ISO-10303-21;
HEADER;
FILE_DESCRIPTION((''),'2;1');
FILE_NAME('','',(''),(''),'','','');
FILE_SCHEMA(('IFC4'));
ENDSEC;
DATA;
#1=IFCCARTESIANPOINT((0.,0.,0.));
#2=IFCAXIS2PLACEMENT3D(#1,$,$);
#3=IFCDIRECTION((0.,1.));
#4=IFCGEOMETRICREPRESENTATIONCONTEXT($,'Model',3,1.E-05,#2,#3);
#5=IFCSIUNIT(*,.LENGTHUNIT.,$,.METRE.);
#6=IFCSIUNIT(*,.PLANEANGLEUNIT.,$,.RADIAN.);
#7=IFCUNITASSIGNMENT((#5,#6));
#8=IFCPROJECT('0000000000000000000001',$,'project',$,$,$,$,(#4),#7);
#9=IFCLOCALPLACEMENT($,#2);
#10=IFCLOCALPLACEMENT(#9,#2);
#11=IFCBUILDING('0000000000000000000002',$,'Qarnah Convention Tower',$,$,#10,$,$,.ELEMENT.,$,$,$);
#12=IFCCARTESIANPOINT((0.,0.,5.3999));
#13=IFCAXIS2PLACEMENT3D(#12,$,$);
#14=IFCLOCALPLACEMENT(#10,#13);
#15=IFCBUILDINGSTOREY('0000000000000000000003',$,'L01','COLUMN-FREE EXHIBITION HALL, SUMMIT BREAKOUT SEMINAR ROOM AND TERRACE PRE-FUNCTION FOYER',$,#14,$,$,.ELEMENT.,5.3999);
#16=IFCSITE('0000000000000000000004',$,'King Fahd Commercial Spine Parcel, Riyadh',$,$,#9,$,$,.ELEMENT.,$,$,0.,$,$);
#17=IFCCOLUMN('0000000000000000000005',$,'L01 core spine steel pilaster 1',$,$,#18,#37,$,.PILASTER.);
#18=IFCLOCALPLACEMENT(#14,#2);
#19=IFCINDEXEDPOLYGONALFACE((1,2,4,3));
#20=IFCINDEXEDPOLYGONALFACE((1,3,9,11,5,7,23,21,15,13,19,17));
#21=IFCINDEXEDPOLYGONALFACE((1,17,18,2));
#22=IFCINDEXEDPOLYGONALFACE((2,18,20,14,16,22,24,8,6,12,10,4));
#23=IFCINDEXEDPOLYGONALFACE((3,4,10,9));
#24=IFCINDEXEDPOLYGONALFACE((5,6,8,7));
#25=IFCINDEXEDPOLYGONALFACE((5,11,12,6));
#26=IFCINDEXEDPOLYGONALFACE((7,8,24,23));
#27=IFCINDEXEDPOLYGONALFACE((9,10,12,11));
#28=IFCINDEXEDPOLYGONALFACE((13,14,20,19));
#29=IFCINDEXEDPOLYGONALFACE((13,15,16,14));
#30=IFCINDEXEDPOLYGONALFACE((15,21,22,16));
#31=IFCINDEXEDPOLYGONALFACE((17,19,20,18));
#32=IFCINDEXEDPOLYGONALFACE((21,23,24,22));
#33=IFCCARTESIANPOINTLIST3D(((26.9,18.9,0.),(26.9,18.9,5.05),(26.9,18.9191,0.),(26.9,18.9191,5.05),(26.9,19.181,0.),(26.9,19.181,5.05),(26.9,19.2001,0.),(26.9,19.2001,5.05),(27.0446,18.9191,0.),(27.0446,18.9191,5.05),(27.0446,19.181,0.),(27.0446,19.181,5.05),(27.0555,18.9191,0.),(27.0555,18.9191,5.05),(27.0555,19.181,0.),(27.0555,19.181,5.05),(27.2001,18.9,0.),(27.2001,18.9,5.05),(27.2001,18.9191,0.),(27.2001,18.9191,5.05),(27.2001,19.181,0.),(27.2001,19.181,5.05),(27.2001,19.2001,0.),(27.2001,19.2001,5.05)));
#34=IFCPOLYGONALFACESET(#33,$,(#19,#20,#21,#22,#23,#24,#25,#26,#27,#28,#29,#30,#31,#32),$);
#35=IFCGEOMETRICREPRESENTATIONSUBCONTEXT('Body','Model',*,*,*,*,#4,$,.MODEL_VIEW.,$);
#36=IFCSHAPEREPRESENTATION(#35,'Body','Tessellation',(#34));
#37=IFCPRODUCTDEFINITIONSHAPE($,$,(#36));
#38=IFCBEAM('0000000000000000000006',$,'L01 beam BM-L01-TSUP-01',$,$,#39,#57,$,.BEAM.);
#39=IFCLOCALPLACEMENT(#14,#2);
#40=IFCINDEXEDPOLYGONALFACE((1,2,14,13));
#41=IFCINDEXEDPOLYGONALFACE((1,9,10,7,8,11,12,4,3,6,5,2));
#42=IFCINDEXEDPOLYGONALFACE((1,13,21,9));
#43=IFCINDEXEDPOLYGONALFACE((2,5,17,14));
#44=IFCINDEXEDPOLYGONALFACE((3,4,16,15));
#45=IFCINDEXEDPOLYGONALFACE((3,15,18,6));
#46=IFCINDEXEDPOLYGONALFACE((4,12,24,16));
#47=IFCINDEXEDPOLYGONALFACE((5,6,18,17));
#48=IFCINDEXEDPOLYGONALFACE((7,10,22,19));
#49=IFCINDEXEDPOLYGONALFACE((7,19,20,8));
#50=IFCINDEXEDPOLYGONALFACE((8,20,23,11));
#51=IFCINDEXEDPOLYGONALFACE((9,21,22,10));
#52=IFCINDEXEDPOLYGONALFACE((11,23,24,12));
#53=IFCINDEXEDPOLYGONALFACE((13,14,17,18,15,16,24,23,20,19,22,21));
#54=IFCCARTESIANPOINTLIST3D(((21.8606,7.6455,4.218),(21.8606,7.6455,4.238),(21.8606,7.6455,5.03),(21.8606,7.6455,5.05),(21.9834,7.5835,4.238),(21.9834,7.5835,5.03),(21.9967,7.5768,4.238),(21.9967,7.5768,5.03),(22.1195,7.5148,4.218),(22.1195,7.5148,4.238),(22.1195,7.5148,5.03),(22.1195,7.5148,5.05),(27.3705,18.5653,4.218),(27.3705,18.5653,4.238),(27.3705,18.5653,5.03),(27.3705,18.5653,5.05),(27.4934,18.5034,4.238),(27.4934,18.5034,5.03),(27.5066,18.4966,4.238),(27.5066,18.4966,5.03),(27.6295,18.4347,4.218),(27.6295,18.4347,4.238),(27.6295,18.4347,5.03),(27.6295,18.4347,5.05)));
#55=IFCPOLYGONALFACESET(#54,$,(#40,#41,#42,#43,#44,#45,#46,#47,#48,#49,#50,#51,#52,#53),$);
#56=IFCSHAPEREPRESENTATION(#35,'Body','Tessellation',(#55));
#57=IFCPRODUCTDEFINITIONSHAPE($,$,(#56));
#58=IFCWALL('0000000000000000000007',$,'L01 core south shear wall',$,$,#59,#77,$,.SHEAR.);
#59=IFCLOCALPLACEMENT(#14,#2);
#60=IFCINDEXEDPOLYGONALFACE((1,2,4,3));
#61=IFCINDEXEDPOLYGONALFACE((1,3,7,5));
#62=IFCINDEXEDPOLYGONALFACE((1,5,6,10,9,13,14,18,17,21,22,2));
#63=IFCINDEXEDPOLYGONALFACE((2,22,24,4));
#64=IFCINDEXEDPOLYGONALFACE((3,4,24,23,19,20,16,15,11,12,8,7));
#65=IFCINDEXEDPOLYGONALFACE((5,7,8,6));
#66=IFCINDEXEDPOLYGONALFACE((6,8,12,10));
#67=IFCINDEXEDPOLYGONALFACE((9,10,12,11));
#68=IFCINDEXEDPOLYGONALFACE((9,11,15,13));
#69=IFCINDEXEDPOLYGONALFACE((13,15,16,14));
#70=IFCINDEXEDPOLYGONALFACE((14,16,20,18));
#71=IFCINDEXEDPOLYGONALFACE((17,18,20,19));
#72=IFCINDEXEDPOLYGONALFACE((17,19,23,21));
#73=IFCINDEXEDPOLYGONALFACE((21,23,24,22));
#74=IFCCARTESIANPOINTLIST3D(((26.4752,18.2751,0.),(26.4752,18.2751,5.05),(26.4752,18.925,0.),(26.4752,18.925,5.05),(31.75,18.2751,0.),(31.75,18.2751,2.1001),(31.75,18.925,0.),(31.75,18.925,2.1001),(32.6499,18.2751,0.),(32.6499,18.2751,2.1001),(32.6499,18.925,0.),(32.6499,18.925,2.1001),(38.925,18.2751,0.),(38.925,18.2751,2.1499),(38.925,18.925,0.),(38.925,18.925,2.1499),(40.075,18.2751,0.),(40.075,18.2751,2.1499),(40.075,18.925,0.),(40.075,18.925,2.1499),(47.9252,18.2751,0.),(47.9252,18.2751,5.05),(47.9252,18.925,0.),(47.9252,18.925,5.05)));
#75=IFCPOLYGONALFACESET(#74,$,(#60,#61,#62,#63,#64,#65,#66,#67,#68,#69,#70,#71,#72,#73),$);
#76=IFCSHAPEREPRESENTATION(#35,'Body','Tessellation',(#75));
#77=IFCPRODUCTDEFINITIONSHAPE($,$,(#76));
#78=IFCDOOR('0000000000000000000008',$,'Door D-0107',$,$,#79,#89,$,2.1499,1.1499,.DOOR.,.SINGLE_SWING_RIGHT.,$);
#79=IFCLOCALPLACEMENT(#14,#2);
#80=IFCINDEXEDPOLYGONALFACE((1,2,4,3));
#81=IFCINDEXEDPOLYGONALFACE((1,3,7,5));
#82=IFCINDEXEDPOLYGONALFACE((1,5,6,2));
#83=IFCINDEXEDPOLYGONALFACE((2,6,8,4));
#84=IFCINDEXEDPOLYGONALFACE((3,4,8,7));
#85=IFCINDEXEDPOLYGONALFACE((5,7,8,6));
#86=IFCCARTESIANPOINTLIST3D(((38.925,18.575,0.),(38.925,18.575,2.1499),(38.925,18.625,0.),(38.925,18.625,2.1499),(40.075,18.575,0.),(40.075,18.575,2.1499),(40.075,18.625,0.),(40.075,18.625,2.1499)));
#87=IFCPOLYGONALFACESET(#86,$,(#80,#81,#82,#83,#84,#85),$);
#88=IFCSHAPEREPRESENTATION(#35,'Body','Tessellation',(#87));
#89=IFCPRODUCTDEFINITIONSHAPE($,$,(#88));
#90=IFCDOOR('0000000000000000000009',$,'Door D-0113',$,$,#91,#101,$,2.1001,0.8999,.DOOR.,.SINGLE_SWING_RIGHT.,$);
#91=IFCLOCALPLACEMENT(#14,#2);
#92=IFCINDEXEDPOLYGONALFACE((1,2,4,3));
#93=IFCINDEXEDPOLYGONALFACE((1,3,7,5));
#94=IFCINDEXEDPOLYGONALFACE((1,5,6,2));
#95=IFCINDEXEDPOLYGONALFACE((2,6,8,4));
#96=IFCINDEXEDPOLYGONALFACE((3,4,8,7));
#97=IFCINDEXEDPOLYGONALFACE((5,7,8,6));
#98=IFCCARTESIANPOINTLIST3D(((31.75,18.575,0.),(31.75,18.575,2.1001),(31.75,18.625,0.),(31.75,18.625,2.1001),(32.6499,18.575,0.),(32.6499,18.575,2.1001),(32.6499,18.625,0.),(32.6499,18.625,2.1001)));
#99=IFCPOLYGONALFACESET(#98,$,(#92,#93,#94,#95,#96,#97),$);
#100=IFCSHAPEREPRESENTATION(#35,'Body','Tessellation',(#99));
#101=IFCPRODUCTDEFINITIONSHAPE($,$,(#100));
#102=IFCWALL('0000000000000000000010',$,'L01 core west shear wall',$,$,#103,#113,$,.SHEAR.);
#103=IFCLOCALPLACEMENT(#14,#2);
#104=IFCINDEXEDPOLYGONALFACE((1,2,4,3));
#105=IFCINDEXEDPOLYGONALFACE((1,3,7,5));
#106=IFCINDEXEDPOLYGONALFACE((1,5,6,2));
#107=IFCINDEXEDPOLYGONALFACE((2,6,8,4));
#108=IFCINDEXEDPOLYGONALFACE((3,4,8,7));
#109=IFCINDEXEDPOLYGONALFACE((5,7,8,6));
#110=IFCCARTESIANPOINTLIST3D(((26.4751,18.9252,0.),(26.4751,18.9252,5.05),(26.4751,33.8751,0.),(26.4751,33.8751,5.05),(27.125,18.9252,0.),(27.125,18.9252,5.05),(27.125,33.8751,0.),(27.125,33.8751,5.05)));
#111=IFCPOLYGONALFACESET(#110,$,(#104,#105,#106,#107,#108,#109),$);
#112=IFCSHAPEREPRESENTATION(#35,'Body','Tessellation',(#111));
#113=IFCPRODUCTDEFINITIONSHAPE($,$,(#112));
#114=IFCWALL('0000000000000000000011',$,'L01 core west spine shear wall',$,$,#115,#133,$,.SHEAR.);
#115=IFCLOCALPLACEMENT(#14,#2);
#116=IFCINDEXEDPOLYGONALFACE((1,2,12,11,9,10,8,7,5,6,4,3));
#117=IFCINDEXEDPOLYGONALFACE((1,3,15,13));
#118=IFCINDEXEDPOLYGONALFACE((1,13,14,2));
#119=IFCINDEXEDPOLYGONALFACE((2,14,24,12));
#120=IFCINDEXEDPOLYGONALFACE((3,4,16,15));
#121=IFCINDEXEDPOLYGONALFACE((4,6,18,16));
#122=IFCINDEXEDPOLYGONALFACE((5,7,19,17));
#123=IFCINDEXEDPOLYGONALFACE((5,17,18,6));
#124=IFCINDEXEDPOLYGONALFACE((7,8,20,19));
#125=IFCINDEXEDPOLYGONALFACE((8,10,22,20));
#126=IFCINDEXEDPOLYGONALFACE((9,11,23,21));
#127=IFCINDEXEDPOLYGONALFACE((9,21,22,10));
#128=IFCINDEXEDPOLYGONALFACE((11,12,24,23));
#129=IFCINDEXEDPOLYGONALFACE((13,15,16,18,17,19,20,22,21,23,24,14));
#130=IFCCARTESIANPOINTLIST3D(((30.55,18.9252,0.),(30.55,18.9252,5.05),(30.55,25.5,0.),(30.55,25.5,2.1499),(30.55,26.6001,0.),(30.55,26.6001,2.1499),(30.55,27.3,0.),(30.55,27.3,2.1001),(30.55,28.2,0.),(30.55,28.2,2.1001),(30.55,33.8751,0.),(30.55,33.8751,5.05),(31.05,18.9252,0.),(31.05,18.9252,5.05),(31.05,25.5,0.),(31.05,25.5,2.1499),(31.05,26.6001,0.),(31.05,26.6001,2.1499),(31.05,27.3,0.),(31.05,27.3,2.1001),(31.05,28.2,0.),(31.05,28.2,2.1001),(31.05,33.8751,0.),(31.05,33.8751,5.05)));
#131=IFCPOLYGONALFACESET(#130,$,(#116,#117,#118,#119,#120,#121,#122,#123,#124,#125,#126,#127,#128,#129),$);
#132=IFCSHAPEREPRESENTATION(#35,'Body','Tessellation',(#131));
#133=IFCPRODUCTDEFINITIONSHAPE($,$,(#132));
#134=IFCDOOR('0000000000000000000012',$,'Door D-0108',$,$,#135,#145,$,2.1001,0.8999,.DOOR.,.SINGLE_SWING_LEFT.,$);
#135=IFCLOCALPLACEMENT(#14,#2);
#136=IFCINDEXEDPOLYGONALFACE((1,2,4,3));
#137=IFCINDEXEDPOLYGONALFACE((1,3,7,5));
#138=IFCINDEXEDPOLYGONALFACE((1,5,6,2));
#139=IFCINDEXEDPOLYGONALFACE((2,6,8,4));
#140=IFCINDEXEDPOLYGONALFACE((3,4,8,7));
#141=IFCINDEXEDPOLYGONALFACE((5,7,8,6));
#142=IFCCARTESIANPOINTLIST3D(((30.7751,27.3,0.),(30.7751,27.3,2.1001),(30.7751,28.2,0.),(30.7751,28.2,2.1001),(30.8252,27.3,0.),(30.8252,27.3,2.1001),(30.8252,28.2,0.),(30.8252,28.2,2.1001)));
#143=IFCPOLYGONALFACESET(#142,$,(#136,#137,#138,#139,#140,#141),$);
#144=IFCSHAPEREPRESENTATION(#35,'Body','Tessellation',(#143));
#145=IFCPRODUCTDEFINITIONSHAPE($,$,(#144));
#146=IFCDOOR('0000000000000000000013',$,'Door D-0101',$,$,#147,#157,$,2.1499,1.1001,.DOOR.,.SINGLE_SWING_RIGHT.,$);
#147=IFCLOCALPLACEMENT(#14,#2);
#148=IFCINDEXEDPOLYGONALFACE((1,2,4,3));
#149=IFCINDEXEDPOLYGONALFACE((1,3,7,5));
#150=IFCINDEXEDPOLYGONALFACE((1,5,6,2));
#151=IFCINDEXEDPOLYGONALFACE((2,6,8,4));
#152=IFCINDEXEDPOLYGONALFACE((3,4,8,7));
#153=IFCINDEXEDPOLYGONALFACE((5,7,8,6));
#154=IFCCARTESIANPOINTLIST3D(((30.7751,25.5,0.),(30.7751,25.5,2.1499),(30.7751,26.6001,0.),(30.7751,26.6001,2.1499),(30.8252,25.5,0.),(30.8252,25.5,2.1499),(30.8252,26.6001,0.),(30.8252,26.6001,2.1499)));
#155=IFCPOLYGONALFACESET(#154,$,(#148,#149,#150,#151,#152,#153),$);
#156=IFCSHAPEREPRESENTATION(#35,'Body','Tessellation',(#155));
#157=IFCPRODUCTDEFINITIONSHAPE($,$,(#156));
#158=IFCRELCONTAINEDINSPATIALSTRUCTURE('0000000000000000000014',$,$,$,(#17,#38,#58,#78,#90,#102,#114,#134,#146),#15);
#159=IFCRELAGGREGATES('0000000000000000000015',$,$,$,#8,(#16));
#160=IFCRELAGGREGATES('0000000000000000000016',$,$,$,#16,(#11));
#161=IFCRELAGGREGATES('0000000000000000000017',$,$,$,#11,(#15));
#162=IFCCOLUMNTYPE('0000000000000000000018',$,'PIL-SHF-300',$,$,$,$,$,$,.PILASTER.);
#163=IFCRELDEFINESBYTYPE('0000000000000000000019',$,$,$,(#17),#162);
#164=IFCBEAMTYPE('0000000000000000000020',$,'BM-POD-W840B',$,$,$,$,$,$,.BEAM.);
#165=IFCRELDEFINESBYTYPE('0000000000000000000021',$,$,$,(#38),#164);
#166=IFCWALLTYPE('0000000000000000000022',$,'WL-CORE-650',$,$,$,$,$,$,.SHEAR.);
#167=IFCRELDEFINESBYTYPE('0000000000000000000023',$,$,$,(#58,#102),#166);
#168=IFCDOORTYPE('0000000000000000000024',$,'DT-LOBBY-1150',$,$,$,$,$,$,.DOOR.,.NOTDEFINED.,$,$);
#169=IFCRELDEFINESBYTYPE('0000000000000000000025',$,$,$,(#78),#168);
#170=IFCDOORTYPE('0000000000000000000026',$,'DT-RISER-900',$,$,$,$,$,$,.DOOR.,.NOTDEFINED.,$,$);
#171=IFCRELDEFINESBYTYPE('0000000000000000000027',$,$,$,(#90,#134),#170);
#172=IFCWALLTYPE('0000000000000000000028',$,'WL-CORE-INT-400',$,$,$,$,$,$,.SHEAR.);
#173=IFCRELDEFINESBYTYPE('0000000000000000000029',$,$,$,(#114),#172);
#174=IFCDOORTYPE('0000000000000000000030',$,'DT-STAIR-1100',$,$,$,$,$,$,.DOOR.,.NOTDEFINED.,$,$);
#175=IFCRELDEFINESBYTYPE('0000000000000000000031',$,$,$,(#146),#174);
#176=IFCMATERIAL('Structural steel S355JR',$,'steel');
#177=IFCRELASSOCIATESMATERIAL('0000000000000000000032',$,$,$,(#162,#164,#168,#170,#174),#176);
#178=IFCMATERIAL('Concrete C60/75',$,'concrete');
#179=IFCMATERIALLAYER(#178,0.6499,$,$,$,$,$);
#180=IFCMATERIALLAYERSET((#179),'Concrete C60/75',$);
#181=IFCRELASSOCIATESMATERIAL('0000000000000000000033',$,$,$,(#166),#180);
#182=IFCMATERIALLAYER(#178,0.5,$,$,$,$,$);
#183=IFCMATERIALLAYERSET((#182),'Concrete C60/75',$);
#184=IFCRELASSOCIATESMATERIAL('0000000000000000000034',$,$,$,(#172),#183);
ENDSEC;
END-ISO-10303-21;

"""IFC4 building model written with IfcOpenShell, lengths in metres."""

from ifc_helpers import new_model, si_unit, direction, frame, frame_2d, origin, origin_2d, place, context, subcontext, project, spatial, rectangle, i_section, extrude, material, layer, layer_set, material_profile, profile_set, type_object, element, fill, save


model = new_model("IFC4")

# Units and contexts
model_context = context("Model", 3, precision=1e-05, world=origin(), true_north=direction((0.0, 1.0)))
body_context = subcontext(model_context, "Body", "Model", "MODEL_VIEW")
ifc_project = project(units=[si_unit("LENGTHUNIT", "METRE"), si_unit("PLANEANGLEUNIT", "RADIAN")], contexts=[model_context])

# Site, building, storey
site_placement = place(None, origin())
site = spatial("IfcSite", under=ifc_project, at=site_placement, Name="King Fahd Commercial Spine Parcel, Riyadh", CompositionType="ELEMENT", RefElevation=0.0)
building_placement = place(site_placement, origin())
building = spatial("IfcBuilding", under=site, at=building_placement, Name="Qarnah Convention Tower", CompositionType="ELEMENT")
storey_placement = place(building_placement, frame((0.0, 0.0, 5.3999)))
storey = spatial("IfcBuildingStorey", under=building, at=storey_placement, Name="L01", Description="COLUMN-FREE EXHIBITION HALL, SUMMIT BREAKOUT SEMINAR ROOM AND TERRACE PRE-FUNCTION FOYER", CompositionType="ELEMENT", Elevation=5.3999)

# Column
ifc_material_1 = material(Name="Structural steel S355JR", Category="steel")
ifc_material_profile_1 = material_profile(ifc_material_1, i_section(OverallWidth=0.3, OverallDepth=0.3, WebThickness=0.011, FlangeThickness=0.019, at=origin_2d()), Name="HEB300")
ifc_profile_set_1 = profile_set([ifc_material_profile_1], Name="Structural steel S355JR")
column_type = type_object("IfcColumnType", Name="PIL-SHF-300", PredefinedType="PILASTER", material=ifc_profile_set_1)
column_placement = place(storey_placement, frame((27.05, 19.05, 0.0), z_axis=(0.0, 0.0, 1.0), x_axis=(1.0, 0.0, 0.0)))
element("IfcColumn", 1, at=column_placement, inside=storey, type_object=column_type, Name="L01 core spine steel pilaster 1", PredefinedType="PILASTER", context=body_context, shape_type="SweptSolid", body=[
    extrude(i_section(OverallWidth=0.3, OverallDepth=0.3, WebThickness=0.011, FlangeThickness=0.019, at=origin_2d()), origin(), (0.0, 0.0, 1.0), 5.05),
])

# Beam
ifc_material_profile_2 = material_profile(ifc_material_1, i_section(OverallWidth=0.29, OverallDepth=0.832, WebThickness=0.0149, FlangeThickness=0.02, at=origin_2d()), Name="W840X193")
ifc_profile_set_2 = profile_set([ifc_material_profile_2], Name="Structural steel S355JR")
beam_type = type_object("IfcBeamType", Name="BM-POD-W840B", PredefinedType="BEAM", material=ifc_profile_set_2)
beam_placement = place(storey_placement, frame((27.5, 18.5, 4.634), z_axis=(-0.450484, -0.892784, 0.0), x_axis=(0.892784, -0.450484, 0.0)))
element("IfcBeam", 2, at=beam_placement, inside=storey, type_object=beam_type, Name="L01 beam BM-L01-TSUP-01", PredefinedType="BEAM", context=body_context, shape_type="SweptSolid", body=[
    extrude(i_section(OverallWidth=0.29, OverallDepth=0.832, WebThickness=0.0149, FlangeThickness=0.02, at=origin_2d()), origin(), (0.0, 0.0, 1.0), 12.2312),
])

# Wall, openings, doors
ifc_material_2 = material(Name="Concrete C60/75", Category="concrete")
ifc_layer_1 = layer(ifc_material_2, 0.6499)
ifc_layer_set_1 = layer_set([ifc_layer_1], Name="Concrete C60/75")
wall_type_1 = type_object("IfcWallType", Name="WL-CORE-650", PredefinedType="SHEAR", material=ifc_layer_set_1)
wall_1_placement = place(storey_placement, frame((26.4751, 18.6001, 0.0), z_axis=(0.0, 0.0, 1.0), x_axis=(1.0, 0.0, 0.0)))
wall_1 = element("IfcWall", 3, at=wall_1_placement, inside=storey, type_object=wall_type_1, Name="L01 core south shear wall", PredefinedType="SHEAR", context=body_context, shape_type="SweptSolid", body=[
    extrude(rectangle(XDim=21.45, YDim=0.6499, at=frame_2d((10.7251, 0.0))), origin(), (0.0, 0.0, 1.0), 5.05),
])
opening_1_placement = place(wall_1_placement, frame((12.45, 0.0, 0.0)))
opening_1 = element("IfcOpeningElement", 4, at=opening_1_placement, cuts=wall_1, PredefinedType="OPENING", context=body_context, shape_type="SweptSolid", body=[
    extrude(rectangle(XDim=1.1499, YDim=2.1499, at=frame_2d((0.575, 1.075))), frame((0.0, 0.335, 0.0), z_axis=(0.0, -1.0, 0.0), x_axis=(1.0, 0.0, 0.0)), (0.0, 0.0, 1.0), 0.6699),
])
opening_2_placement = place(wall_1_placement, frame((5.2749, 0.0, 0.0)))
opening_2 = element("IfcOpeningElement", 5, at=opening_2_placement, cuts=wall_1, PredefinedType="OPENING", context=body_context, shape_type="SweptSolid", body=[
    extrude(rectangle(XDim=0.8999, YDim=2.1001, at=frame_2d((0.45, 1.05))), frame((0.0, 0.335, 0.0), z_axis=(0.0, -1.0, 0.0), x_axis=(1.0, 0.0, 0.0)), (0.0, 0.0, 1.0), 0.6699),
])
door_type_1 = type_object("IfcDoorType", Name="DT-LOBBY-1150", OperationType="NOTDEFINED", PredefinedType="DOOR", material=ifc_material_1)
door_1_placement = place(opening_1_placement, origin())
door_1 = element("IfcDoor", 6, at=door_1_placement, inside=storey, type_object=door_type_1, Name="Door D-0107", OperationType="SINGLE_SWING_RIGHT", OverallHeight=2.1499, OverallWidth=1.1499, PredefinedType="DOOR", context=body_context, shape_type="SweptSolid", body=[
    extrude(rectangle(XDim=1.1499, YDim=2.1499, at=frame_2d((0.575, 1.075))), frame((0.0, 0.0249, 0.0), z_axis=(0.0, -1.0, 0.0), x_axis=(1.0, 0.0, 0.0)), (0.0, 0.0, 1.0), 0.05),
])
fill(opening_1, door_1)
door_type_2 = type_object("IfcDoorType", Name="DT-RISER-900", OperationType="NOTDEFINED", PredefinedType="DOOR", material=ifc_material_1)
door_2_placement = place(opening_2_placement, origin())
door_2 = element("IfcDoor", 7, at=door_2_placement, inside=storey, type_object=door_type_2, Name="Door D-0113", OperationType="SINGLE_SWING_RIGHT", OverallHeight=2.1001, OverallWidth=0.8999, PredefinedType="DOOR", context=body_context, shape_type="SweptSolid", body=[
    extrude(rectangle(XDim=0.8999, YDim=2.1001, at=frame_2d((0.45, 1.05))), frame((0.0, 0.0249, 0.0), z_axis=(0.0, -1.0, 0.0), x_axis=(1.0, 0.0, 0.0)), (0.0, 0.0, 1.0), 0.05),
])
fill(opening_2, door_2)

# Wall
wall_2_placement = place(storey_placement, frame((26.8, 18.925, 0.0), z_axis=(0.0, 0.0, 1.0), x_axis=(0.0, 1.0, 0.0)))
element("IfcWall", 8, at=wall_2_placement, inside=storey, type_object=wall_type_1, Name="L01 core west shear wall", PredefinedType="SHEAR", context=body_context, shape_type="SweptSolid", body=[
    extrude(rectangle(XDim=14.95, YDim=0.6499, at=frame_2d((7.4751, 0.0))), origin(), (0.0, 0.0, 1.0), 5.05),
])

# Wall, openings, doors
ifc_layer_2 = layer(ifc_material_2, 0.5)
ifc_layer_set_2 = layer_set([ifc_layer_2], Name="Concrete C60/75")
wall_type_2 = type_object("IfcWallType", Name="WL-CORE-INT-400", PredefinedType="SHEAR", material=ifc_layer_set_2)
wall_3_placement = place(storey_placement, frame((30.8, 18.925, 0.0), z_axis=(0.0, 0.0, 1.0), x_axis=(0.0, 1.0, 0.0)))
wall_3 = element("IfcWall", 9, at=wall_3_placement, inside=storey, type_object=wall_type_2, Name="L01 core west spine shear wall", PredefinedType="SHEAR", context=body_context, shape_type="SweptSolid", body=[
    extrude(rectangle(XDim=14.95, YDim=0.5, at=frame_2d((7.4751, 0.0))), origin(), (0.0, 0.0, 1.0), 5.05),
])
opening_3_placement = place(wall_3_placement, frame((6.575, 0.0, 0.0)))
opening_3 = element("IfcOpeningElement", 10, at=opening_3_placement, cuts=wall_3, PredefinedType="OPENING", context=body_context, shape_type="SweptSolid", body=[
    extrude(rectangle(XDim=1.1001, YDim=2.1499, at=frame_2d((0.55, 1.075))), frame((0.0, 0.26, 0.0), z_axis=(0.0, -1.0, 0.0), x_axis=(1.0, 0.0, 0.0)), (0.0, 0.0, 1.0), 0.52),
])
opening_4_placement = place(wall_3_placement, frame((8.375, 0.0, 0.0)))
opening_4 = element("IfcOpeningElement", 11, at=opening_4_placement, cuts=wall_3, PredefinedType="OPENING", context=body_context, shape_type="SweptSolid", body=[
    extrude(rectangle(XDim=0.8999, YDim=2.1001, at=frame_2d((0.45, 1.05))), frame((0.0, 0.26, 0.0), z_axis=(0.0, -1.0, 0.0), x_axis=(1.0, 0.0, 0.0)), (0.0, 0.0, 1.0), 0.52),
])
door_3_placement = place(opening_4_placement, origin())
door_3 = element("IfcDoor", 12, at=door_3_placement, inside=storey, type_object=door_type_2, Name="Door D-0108", OperationType="SINGLE_SWING_LEFT", OverallHeight=2.1001, OverallWidth=0.8999, PredefinedType="DOOR", context=body_context, shape_type="SweptSolid", body=[
    extrude(rectangle(XDim=0.8999, YDim=2.1001, at=frame_2d((0.45, 1.05))), frame((0.0, 0.0249, 0.0), z_axis=(0.0, -1.0, 0.0), x_axis=(1.0, 0.0, 0.0)), (0.0, 0.0, 1.0), 0.05),
])
fill(opening_4, door_3)
door_type_3 = type_object("IfcDoorType", Name="DT-STAIR-1100", OperationType="NOTDEFINED", PredefinedType="DOOR", material=ifc_material_1)
door_4_placement = place(opening_3_placement, origin())
door_4 = element("IfcDoor", 13, at=door_4_placement, inside=storey, type_object=door_type_3, Name="Door D-0101", OperationType="SINGLE_SWING_RIGHT", OverallHeight=2.1499, OverallWidth=1.1001, PredefinedType="DOOR", context=body_context, shape_type="SweptSolid", body=[
    extrude(rectangle(XDim=1.1001, YDim=2.1499, at=frame_2d((0.55, 1.075))), frame((0.0, 0.0249, 0.0), z_axis=(0.0, -1.0, 0.0), x_axis=(1.0, 0.0, 0.0)), (0.0, 0.0, 1.0), 0.05),
])
fill(opening_3, door_4)

save(model, "model.ifc")
